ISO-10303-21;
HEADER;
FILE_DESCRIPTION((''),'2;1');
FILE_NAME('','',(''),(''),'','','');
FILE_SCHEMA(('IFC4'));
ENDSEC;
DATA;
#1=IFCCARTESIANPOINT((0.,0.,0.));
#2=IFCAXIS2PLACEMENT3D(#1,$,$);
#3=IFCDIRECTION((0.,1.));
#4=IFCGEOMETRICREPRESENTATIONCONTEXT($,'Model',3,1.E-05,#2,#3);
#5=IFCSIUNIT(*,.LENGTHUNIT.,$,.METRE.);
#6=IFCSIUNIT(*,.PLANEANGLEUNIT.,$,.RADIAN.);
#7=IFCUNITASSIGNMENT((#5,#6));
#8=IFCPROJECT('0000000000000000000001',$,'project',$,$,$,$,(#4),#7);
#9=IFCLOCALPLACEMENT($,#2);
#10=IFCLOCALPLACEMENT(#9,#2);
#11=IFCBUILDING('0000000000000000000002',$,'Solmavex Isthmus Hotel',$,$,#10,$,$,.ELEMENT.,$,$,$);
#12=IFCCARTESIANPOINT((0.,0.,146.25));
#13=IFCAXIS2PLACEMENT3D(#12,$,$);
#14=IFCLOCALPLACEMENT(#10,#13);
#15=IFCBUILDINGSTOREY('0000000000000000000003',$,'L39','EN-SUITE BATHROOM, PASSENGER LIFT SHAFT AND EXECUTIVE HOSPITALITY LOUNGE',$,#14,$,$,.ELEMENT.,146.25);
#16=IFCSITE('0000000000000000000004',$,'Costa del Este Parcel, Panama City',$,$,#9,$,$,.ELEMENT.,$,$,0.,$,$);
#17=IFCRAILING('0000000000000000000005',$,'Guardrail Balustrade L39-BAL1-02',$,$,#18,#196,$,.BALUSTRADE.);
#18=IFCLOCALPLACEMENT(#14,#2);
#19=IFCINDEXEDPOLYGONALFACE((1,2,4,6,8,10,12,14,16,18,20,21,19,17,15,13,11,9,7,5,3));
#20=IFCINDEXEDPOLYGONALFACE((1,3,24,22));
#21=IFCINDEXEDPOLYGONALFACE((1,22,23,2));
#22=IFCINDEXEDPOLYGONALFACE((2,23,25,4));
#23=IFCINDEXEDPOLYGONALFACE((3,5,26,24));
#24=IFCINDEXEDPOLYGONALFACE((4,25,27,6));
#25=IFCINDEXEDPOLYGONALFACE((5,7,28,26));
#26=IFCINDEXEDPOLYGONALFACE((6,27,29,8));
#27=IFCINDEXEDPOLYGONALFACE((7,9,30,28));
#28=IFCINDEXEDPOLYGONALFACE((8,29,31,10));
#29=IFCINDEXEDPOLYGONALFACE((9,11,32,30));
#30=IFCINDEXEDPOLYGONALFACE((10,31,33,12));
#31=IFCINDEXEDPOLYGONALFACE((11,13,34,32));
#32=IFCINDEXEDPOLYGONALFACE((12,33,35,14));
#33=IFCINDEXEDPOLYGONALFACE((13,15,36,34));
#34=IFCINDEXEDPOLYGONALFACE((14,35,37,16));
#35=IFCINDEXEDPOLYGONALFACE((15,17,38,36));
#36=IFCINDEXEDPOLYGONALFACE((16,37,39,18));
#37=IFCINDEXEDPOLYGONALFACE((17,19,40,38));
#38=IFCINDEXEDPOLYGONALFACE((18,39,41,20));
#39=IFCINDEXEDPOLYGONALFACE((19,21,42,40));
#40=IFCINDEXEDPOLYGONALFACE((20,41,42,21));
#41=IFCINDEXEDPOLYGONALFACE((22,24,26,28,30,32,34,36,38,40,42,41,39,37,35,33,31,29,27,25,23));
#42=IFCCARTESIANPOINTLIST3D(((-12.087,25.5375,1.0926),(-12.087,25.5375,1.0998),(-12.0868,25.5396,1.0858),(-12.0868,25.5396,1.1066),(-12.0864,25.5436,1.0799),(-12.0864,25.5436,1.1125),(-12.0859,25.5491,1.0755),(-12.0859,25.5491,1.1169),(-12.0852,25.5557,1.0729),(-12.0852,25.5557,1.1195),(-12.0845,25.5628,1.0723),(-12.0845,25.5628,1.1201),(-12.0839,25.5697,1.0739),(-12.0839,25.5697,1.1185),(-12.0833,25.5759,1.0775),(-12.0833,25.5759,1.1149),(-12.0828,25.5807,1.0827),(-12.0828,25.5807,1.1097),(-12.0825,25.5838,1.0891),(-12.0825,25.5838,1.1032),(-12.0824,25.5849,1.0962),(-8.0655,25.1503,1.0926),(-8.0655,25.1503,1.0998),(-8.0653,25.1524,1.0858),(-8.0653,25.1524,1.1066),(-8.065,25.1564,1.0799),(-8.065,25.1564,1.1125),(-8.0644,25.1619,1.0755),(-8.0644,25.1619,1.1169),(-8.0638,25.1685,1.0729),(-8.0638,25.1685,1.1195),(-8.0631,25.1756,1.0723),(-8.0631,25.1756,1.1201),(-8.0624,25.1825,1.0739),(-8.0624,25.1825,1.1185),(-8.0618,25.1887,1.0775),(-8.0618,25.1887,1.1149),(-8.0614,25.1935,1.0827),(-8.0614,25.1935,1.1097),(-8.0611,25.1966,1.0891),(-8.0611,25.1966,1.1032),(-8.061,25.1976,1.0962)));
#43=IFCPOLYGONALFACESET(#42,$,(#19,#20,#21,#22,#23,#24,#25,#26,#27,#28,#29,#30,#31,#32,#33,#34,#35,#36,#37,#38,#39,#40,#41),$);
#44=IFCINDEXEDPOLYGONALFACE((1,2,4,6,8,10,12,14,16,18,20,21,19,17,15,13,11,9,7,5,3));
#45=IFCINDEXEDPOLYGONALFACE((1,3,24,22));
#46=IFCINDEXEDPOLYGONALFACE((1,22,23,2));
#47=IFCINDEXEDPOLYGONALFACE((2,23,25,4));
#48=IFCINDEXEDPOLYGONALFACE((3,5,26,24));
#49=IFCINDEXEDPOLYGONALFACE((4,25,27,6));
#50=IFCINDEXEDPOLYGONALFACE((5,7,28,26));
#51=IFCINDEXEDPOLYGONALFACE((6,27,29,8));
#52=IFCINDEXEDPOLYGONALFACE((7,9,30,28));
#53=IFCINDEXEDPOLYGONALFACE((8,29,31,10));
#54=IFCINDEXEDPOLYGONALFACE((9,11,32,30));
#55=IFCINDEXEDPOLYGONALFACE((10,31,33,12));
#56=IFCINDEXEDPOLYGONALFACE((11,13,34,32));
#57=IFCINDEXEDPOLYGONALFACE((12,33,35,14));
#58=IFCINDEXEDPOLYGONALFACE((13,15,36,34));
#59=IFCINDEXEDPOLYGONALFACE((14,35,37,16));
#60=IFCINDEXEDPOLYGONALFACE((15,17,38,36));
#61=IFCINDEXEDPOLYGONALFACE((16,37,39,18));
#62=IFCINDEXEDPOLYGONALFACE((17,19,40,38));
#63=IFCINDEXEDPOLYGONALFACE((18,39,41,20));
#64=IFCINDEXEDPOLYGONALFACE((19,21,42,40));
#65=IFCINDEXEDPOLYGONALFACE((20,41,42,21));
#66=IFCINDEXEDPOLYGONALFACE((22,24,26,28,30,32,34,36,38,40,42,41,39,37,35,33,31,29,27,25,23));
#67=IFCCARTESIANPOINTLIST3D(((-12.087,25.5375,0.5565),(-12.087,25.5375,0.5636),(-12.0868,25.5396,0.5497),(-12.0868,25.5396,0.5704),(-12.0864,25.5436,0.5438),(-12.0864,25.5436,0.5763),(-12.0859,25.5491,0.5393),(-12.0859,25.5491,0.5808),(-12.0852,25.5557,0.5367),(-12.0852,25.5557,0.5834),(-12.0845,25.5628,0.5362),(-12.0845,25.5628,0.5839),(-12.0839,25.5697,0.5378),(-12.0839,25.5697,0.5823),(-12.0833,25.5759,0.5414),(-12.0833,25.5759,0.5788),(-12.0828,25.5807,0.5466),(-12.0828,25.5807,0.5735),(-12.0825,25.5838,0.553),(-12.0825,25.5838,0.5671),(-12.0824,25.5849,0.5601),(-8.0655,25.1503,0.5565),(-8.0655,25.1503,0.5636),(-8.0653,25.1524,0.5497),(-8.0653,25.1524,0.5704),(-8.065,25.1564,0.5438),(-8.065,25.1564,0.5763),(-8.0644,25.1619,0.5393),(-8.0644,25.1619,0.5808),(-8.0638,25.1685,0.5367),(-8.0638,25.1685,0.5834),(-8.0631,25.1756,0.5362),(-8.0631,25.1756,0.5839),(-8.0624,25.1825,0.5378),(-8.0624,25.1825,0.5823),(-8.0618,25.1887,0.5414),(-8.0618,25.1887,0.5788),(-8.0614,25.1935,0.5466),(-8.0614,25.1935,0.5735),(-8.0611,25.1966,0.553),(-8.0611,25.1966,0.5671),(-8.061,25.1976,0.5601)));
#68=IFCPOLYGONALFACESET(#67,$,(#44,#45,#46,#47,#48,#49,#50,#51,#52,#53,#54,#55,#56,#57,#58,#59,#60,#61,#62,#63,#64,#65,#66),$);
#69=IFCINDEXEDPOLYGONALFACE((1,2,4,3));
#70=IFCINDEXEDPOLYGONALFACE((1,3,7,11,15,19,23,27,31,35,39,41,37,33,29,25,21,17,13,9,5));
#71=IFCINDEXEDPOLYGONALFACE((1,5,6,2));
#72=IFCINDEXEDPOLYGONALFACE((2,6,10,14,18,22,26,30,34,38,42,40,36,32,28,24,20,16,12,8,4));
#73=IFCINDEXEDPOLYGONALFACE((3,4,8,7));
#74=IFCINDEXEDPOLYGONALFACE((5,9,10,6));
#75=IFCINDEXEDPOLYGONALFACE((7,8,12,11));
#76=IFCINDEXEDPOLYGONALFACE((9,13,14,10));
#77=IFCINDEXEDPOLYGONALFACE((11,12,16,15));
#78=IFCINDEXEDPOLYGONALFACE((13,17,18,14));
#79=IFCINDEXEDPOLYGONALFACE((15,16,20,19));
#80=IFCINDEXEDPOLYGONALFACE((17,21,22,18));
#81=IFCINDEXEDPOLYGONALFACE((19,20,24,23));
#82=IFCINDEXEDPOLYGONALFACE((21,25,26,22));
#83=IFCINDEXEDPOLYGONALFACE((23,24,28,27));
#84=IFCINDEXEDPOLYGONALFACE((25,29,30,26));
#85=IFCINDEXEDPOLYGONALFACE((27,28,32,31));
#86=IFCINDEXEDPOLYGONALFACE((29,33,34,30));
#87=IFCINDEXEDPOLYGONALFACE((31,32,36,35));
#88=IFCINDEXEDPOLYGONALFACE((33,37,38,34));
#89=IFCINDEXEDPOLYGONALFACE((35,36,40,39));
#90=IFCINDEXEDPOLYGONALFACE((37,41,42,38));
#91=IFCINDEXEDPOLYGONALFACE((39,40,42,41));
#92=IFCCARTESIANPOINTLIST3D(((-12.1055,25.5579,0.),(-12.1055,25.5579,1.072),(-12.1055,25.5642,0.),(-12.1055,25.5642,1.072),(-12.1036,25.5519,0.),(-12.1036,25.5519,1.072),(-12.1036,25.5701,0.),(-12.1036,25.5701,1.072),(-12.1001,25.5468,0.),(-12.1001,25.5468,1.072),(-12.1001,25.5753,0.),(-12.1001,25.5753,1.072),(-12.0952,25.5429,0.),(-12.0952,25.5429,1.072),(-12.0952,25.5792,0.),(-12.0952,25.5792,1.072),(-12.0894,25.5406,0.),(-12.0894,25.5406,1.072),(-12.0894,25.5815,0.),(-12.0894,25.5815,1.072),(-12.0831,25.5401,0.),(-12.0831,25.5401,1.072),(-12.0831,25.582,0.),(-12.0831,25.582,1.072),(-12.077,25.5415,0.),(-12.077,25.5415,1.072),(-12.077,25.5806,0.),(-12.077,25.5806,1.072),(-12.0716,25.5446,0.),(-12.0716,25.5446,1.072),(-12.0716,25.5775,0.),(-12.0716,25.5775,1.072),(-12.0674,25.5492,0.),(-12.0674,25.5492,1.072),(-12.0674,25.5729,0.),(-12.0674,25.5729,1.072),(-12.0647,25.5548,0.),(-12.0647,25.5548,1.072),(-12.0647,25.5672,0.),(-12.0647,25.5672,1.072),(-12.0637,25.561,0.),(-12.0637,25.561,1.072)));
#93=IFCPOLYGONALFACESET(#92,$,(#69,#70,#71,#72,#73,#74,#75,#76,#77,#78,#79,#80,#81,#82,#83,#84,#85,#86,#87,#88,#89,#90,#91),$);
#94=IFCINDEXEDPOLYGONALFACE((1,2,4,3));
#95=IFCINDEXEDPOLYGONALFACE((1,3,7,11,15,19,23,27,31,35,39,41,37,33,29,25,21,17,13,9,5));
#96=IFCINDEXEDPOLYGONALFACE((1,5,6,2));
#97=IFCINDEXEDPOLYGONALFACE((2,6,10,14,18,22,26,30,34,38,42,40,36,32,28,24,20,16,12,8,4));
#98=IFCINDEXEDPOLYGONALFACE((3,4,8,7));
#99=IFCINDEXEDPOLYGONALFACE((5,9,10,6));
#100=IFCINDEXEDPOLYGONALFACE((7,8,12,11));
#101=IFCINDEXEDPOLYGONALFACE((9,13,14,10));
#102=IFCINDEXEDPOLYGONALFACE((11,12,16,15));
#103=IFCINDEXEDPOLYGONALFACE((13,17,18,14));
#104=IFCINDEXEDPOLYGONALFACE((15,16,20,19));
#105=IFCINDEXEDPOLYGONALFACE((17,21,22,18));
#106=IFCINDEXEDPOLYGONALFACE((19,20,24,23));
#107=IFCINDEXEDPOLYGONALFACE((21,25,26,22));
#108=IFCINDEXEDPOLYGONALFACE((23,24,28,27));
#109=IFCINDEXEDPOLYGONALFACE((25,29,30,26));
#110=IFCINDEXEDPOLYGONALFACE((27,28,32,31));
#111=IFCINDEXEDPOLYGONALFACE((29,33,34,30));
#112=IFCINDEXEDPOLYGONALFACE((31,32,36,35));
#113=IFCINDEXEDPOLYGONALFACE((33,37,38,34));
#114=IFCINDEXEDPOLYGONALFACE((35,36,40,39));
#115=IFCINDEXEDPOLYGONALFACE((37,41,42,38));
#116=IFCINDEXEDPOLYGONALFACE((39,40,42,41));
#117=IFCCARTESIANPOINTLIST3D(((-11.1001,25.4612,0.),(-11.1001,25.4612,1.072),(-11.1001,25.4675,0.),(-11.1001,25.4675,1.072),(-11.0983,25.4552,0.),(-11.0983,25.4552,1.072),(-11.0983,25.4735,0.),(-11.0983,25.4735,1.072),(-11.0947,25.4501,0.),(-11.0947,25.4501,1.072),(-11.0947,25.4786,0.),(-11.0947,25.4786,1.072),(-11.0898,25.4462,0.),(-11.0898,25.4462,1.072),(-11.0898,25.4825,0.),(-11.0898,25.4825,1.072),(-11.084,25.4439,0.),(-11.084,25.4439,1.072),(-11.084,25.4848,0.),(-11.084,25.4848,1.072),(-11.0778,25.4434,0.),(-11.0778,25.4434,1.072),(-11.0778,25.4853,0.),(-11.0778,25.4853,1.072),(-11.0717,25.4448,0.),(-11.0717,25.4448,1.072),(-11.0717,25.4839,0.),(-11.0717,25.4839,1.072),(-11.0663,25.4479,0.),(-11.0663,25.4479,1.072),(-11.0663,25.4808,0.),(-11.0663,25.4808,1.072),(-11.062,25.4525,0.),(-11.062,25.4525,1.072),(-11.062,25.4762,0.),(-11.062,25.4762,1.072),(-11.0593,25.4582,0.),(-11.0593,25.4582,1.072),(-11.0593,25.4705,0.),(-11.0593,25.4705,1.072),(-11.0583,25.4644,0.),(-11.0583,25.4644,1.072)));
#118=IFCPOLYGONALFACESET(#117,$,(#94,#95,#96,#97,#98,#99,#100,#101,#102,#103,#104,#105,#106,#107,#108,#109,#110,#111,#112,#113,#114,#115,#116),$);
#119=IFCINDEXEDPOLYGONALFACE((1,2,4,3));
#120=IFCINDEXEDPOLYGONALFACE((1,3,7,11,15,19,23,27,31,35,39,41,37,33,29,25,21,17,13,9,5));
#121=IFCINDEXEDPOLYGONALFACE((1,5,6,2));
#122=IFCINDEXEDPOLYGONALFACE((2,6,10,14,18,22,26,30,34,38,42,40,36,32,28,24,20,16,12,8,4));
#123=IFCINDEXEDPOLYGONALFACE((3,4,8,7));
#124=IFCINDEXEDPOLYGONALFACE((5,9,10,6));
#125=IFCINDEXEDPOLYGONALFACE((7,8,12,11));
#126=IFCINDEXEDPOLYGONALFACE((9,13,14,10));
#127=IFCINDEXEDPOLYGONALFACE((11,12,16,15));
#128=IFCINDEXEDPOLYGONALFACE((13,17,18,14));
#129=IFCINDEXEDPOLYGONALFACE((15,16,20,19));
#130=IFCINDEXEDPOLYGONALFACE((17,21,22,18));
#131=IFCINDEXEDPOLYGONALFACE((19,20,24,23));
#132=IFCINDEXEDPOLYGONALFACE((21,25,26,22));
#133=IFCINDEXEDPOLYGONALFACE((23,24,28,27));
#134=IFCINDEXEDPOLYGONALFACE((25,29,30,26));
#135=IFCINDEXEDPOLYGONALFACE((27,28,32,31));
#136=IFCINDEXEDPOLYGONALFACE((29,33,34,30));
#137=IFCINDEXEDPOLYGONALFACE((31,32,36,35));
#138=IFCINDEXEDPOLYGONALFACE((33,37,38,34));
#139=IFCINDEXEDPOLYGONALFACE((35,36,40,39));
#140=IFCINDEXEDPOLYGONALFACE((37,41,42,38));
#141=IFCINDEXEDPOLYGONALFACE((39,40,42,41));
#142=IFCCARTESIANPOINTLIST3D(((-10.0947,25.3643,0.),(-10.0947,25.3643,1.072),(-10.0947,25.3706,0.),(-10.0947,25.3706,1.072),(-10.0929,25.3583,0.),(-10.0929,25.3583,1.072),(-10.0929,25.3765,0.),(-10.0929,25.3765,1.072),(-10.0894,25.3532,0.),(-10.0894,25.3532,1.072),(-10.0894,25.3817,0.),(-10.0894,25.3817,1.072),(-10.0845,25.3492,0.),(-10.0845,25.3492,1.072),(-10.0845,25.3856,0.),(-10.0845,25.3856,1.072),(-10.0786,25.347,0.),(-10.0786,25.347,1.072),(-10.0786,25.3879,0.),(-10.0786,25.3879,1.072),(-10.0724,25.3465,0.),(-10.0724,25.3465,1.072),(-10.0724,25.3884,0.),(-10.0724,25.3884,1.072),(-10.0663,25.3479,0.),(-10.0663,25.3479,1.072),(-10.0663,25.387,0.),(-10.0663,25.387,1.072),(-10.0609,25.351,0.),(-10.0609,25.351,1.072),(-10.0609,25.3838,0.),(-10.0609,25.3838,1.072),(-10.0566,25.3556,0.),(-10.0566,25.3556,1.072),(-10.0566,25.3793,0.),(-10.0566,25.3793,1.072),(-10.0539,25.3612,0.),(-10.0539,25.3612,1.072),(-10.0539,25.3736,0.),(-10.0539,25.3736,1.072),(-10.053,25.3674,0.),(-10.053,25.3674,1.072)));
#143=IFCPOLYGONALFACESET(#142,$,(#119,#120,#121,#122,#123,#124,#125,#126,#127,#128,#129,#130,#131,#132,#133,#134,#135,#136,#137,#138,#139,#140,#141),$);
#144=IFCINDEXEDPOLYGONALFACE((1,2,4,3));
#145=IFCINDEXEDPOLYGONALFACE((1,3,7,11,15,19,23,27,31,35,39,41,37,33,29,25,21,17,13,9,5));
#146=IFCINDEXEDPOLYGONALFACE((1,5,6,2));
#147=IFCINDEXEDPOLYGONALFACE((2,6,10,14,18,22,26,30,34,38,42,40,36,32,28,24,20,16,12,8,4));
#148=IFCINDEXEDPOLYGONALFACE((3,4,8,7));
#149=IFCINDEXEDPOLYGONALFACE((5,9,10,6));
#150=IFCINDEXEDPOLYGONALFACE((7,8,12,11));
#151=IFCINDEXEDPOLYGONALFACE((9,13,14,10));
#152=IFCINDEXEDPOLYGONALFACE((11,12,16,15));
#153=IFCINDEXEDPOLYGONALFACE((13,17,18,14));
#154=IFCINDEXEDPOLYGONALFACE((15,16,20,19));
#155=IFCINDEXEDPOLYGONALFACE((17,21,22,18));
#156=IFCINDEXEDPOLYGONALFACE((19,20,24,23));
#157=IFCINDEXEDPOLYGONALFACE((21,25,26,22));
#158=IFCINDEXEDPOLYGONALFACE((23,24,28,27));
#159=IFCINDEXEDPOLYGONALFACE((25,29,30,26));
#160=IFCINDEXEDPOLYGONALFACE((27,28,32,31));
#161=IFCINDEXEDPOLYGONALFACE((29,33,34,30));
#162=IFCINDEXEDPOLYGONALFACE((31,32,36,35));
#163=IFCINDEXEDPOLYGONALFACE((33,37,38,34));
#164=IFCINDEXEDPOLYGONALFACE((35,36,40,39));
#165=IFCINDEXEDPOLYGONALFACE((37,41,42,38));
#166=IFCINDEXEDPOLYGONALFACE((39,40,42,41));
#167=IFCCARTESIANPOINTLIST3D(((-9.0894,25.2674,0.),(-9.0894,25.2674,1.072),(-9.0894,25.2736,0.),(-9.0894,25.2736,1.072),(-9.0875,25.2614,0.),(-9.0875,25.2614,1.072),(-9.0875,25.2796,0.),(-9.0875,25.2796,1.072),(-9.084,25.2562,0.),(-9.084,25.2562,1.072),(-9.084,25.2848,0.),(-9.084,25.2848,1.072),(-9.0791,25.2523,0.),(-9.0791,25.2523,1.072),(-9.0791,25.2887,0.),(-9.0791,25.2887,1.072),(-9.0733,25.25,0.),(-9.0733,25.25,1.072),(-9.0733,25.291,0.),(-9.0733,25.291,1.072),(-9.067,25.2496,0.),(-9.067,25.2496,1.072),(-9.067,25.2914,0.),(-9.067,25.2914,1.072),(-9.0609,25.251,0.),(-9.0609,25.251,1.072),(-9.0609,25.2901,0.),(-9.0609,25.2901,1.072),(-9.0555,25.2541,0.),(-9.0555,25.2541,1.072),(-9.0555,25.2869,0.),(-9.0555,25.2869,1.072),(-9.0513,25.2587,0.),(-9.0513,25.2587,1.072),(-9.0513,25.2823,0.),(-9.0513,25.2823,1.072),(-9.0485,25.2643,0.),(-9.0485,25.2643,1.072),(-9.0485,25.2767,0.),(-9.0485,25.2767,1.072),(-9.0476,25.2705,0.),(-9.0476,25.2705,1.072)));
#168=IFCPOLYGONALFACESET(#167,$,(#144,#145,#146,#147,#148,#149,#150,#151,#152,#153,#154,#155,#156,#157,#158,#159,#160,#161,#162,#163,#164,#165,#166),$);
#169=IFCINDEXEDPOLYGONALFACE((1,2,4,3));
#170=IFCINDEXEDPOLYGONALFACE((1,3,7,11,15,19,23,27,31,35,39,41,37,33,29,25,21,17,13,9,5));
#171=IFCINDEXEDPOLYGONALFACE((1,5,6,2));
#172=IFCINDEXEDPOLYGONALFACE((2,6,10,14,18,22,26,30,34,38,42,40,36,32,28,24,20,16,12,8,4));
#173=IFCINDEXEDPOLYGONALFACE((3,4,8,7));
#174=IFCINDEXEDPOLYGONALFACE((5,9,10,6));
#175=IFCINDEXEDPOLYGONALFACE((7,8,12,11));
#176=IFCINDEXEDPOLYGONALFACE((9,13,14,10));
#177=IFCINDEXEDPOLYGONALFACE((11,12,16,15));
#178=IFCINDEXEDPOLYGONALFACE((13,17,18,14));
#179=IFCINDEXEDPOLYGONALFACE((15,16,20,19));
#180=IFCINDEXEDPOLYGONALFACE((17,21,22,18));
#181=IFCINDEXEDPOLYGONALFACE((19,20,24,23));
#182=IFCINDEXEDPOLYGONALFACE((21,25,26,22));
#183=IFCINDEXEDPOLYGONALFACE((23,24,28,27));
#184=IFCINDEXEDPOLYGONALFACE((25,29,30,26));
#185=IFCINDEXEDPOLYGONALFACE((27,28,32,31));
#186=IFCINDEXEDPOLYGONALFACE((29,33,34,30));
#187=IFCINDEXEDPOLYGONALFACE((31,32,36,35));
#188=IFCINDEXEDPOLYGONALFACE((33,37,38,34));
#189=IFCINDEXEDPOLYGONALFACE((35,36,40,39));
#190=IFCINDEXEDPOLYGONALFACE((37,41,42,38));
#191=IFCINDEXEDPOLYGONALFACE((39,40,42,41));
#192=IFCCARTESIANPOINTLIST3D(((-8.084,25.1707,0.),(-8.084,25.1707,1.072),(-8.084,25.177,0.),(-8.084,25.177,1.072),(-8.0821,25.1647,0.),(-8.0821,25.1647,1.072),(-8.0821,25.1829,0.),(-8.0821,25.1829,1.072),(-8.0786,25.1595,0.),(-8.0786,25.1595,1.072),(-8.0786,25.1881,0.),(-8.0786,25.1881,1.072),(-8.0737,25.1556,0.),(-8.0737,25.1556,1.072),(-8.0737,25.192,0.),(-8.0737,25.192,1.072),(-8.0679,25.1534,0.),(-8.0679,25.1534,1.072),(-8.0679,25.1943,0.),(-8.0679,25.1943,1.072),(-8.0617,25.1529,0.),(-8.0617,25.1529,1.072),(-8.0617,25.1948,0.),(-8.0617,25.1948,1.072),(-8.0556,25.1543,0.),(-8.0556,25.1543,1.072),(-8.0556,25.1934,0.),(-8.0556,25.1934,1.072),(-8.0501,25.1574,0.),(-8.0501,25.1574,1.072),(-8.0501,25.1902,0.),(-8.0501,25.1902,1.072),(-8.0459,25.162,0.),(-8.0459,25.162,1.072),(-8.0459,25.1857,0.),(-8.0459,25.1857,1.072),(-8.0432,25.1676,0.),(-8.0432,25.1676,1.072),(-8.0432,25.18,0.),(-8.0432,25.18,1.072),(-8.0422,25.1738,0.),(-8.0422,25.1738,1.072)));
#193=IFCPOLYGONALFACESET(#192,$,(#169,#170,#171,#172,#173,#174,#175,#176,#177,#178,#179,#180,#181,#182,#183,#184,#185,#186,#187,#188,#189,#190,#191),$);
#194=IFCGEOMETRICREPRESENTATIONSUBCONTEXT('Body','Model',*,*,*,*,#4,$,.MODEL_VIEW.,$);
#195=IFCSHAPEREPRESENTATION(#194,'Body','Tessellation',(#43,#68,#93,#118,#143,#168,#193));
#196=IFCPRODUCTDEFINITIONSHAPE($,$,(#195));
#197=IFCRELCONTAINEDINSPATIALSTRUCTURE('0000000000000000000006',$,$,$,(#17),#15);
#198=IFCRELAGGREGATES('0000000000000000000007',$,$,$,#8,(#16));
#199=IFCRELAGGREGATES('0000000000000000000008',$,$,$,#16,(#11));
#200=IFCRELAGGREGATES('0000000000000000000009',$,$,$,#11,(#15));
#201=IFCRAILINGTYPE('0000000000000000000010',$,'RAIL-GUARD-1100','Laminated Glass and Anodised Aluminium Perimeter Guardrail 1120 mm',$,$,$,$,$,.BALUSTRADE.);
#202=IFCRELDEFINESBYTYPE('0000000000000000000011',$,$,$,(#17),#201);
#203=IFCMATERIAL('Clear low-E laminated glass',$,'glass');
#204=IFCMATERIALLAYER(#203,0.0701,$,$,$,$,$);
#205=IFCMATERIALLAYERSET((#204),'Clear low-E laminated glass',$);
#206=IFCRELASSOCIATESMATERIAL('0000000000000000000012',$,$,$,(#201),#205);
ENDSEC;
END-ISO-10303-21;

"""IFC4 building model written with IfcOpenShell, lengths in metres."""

from ifc_helpers import new_model, si_unit, direction, frame, origin, origin_2d, place, context, subcontext, project, spatial, circle, extrude, material, layer, layer_set, type_object, element, save


model = new_model("IFC4")

# Units and contexts
model_context = context("Model", 3, precision=1e-05, world=origin(), true_north=direction((0.0, 1.0)))
body_context = subcontext(model_context, "Body", "Model", "MODEL_VIEW")
ifc_project = project(units=[si_unit("LENGTHUNIT", "METRE"), si_unit("PLANEANGLEUNIT", "RADIAN")], contexts=[model_context])

# Site, building, storey
site_placement = place(None, origin())
site = spatial("IfcSite", under=ifc_project, at=site_placement, Name="Costa del Este Parcel, Panama City", CompositionType="ELEMENT", RefElevation=0.0)
building_placement = place(site_placement, origin())
building = spatial("IfcBuilding", under=site, at=building_placement, Name="Solmavex Isthmus Hotel", CompositionType="ELEMENT")
storey_placement = place(building_placement, frame((0.0, 0.0, 146.25)))
storey = spatial("IfcBuildingStorey", under=building, at=storey_placement, Name="L39", Description="EN-SUITE BATHROOM, PASSENGER LIFT SHAFT AND EXECUTIVE HOSPITALITY LOUNGE", CompositionType="ELEMENT", Elevation=146.25)

# Shared definitions
ifc_material_1 = material(Name="Clear low-E laminated glass", Category="glass")

# Railing
ifc_layer_1 = layer(ifc_material_1, 0.0701)
ifc_layer_set_1 = layer_set([ifc_layer_1], Name="Clear low-E laminated glass")
railing_type = type_object("IfcRailingType", Name="RAIL-GUARD-1100", Description="Laminated Glass and Anodised Aluminium Perimeter Guardrail 1120 mm", PredefinedType="BALUSTRADE", material=ifc_layer_set_1)
railing_1_placement = place(storey_placement, frame((-12.0847, 25.561, 0.0)))
element("IfcRailing", 1, at=railing_1_placement, inside=storey, type_object=railing_type, Name="Guardrail Balustrade L39-BAL1-02", PredefinedType="BALUSTRADE", context=body_context, shape_type="SweptSolid", body=[
    extrude(circle(Radius=0.0239, at=origin_2d()), frame((0.0, 0.0, 1.0962), z_axis=(0.995397, -0.095841, 0.0), x_axis=(0.095841, 0.995397, 0.0)), (0.0, 0.0, 1.0), 4.04),
    extrude(circle(Radius=0.0239, at=origin_2d()), frame((0.0, 0.0, 0.5601), z_axis=(0.995397, -0.095841, 0.0), x_axis=(0.095841, 0.995397, 0.0)), (0.0, 0.0, 1.0), 4.04),
    extrude(circle(Radius=0.021, at=origin_2d()), origin(), (0.0, 0.0, 1.0), 1.072),
    extrude(circle(Radius=0.021, at=origin_2d()), frame((1.0054, -0.0967, 0.0)), (0.0, 0.0, 1.0), 1.072),
    extrude(circle(Radius=0.021, at=origin_2d()), frame((2.0107, -0.1936, 0.0)), (0.0, 0.0, 1.0), 1.072),
    extrude(circle(Radius=0.021, at=origin_2d()), frame((3.0161, -0.2905, 0.0)), (0.0, 0.0, 1.0), 1.072),
    extrude(circle(Radius=0.021, at=origin_2d()), frame((4.0215, -0.3872, 0.0)), (0.0, 0.0, 1.0), 1.072),
])

save(model, "model.ifc")
